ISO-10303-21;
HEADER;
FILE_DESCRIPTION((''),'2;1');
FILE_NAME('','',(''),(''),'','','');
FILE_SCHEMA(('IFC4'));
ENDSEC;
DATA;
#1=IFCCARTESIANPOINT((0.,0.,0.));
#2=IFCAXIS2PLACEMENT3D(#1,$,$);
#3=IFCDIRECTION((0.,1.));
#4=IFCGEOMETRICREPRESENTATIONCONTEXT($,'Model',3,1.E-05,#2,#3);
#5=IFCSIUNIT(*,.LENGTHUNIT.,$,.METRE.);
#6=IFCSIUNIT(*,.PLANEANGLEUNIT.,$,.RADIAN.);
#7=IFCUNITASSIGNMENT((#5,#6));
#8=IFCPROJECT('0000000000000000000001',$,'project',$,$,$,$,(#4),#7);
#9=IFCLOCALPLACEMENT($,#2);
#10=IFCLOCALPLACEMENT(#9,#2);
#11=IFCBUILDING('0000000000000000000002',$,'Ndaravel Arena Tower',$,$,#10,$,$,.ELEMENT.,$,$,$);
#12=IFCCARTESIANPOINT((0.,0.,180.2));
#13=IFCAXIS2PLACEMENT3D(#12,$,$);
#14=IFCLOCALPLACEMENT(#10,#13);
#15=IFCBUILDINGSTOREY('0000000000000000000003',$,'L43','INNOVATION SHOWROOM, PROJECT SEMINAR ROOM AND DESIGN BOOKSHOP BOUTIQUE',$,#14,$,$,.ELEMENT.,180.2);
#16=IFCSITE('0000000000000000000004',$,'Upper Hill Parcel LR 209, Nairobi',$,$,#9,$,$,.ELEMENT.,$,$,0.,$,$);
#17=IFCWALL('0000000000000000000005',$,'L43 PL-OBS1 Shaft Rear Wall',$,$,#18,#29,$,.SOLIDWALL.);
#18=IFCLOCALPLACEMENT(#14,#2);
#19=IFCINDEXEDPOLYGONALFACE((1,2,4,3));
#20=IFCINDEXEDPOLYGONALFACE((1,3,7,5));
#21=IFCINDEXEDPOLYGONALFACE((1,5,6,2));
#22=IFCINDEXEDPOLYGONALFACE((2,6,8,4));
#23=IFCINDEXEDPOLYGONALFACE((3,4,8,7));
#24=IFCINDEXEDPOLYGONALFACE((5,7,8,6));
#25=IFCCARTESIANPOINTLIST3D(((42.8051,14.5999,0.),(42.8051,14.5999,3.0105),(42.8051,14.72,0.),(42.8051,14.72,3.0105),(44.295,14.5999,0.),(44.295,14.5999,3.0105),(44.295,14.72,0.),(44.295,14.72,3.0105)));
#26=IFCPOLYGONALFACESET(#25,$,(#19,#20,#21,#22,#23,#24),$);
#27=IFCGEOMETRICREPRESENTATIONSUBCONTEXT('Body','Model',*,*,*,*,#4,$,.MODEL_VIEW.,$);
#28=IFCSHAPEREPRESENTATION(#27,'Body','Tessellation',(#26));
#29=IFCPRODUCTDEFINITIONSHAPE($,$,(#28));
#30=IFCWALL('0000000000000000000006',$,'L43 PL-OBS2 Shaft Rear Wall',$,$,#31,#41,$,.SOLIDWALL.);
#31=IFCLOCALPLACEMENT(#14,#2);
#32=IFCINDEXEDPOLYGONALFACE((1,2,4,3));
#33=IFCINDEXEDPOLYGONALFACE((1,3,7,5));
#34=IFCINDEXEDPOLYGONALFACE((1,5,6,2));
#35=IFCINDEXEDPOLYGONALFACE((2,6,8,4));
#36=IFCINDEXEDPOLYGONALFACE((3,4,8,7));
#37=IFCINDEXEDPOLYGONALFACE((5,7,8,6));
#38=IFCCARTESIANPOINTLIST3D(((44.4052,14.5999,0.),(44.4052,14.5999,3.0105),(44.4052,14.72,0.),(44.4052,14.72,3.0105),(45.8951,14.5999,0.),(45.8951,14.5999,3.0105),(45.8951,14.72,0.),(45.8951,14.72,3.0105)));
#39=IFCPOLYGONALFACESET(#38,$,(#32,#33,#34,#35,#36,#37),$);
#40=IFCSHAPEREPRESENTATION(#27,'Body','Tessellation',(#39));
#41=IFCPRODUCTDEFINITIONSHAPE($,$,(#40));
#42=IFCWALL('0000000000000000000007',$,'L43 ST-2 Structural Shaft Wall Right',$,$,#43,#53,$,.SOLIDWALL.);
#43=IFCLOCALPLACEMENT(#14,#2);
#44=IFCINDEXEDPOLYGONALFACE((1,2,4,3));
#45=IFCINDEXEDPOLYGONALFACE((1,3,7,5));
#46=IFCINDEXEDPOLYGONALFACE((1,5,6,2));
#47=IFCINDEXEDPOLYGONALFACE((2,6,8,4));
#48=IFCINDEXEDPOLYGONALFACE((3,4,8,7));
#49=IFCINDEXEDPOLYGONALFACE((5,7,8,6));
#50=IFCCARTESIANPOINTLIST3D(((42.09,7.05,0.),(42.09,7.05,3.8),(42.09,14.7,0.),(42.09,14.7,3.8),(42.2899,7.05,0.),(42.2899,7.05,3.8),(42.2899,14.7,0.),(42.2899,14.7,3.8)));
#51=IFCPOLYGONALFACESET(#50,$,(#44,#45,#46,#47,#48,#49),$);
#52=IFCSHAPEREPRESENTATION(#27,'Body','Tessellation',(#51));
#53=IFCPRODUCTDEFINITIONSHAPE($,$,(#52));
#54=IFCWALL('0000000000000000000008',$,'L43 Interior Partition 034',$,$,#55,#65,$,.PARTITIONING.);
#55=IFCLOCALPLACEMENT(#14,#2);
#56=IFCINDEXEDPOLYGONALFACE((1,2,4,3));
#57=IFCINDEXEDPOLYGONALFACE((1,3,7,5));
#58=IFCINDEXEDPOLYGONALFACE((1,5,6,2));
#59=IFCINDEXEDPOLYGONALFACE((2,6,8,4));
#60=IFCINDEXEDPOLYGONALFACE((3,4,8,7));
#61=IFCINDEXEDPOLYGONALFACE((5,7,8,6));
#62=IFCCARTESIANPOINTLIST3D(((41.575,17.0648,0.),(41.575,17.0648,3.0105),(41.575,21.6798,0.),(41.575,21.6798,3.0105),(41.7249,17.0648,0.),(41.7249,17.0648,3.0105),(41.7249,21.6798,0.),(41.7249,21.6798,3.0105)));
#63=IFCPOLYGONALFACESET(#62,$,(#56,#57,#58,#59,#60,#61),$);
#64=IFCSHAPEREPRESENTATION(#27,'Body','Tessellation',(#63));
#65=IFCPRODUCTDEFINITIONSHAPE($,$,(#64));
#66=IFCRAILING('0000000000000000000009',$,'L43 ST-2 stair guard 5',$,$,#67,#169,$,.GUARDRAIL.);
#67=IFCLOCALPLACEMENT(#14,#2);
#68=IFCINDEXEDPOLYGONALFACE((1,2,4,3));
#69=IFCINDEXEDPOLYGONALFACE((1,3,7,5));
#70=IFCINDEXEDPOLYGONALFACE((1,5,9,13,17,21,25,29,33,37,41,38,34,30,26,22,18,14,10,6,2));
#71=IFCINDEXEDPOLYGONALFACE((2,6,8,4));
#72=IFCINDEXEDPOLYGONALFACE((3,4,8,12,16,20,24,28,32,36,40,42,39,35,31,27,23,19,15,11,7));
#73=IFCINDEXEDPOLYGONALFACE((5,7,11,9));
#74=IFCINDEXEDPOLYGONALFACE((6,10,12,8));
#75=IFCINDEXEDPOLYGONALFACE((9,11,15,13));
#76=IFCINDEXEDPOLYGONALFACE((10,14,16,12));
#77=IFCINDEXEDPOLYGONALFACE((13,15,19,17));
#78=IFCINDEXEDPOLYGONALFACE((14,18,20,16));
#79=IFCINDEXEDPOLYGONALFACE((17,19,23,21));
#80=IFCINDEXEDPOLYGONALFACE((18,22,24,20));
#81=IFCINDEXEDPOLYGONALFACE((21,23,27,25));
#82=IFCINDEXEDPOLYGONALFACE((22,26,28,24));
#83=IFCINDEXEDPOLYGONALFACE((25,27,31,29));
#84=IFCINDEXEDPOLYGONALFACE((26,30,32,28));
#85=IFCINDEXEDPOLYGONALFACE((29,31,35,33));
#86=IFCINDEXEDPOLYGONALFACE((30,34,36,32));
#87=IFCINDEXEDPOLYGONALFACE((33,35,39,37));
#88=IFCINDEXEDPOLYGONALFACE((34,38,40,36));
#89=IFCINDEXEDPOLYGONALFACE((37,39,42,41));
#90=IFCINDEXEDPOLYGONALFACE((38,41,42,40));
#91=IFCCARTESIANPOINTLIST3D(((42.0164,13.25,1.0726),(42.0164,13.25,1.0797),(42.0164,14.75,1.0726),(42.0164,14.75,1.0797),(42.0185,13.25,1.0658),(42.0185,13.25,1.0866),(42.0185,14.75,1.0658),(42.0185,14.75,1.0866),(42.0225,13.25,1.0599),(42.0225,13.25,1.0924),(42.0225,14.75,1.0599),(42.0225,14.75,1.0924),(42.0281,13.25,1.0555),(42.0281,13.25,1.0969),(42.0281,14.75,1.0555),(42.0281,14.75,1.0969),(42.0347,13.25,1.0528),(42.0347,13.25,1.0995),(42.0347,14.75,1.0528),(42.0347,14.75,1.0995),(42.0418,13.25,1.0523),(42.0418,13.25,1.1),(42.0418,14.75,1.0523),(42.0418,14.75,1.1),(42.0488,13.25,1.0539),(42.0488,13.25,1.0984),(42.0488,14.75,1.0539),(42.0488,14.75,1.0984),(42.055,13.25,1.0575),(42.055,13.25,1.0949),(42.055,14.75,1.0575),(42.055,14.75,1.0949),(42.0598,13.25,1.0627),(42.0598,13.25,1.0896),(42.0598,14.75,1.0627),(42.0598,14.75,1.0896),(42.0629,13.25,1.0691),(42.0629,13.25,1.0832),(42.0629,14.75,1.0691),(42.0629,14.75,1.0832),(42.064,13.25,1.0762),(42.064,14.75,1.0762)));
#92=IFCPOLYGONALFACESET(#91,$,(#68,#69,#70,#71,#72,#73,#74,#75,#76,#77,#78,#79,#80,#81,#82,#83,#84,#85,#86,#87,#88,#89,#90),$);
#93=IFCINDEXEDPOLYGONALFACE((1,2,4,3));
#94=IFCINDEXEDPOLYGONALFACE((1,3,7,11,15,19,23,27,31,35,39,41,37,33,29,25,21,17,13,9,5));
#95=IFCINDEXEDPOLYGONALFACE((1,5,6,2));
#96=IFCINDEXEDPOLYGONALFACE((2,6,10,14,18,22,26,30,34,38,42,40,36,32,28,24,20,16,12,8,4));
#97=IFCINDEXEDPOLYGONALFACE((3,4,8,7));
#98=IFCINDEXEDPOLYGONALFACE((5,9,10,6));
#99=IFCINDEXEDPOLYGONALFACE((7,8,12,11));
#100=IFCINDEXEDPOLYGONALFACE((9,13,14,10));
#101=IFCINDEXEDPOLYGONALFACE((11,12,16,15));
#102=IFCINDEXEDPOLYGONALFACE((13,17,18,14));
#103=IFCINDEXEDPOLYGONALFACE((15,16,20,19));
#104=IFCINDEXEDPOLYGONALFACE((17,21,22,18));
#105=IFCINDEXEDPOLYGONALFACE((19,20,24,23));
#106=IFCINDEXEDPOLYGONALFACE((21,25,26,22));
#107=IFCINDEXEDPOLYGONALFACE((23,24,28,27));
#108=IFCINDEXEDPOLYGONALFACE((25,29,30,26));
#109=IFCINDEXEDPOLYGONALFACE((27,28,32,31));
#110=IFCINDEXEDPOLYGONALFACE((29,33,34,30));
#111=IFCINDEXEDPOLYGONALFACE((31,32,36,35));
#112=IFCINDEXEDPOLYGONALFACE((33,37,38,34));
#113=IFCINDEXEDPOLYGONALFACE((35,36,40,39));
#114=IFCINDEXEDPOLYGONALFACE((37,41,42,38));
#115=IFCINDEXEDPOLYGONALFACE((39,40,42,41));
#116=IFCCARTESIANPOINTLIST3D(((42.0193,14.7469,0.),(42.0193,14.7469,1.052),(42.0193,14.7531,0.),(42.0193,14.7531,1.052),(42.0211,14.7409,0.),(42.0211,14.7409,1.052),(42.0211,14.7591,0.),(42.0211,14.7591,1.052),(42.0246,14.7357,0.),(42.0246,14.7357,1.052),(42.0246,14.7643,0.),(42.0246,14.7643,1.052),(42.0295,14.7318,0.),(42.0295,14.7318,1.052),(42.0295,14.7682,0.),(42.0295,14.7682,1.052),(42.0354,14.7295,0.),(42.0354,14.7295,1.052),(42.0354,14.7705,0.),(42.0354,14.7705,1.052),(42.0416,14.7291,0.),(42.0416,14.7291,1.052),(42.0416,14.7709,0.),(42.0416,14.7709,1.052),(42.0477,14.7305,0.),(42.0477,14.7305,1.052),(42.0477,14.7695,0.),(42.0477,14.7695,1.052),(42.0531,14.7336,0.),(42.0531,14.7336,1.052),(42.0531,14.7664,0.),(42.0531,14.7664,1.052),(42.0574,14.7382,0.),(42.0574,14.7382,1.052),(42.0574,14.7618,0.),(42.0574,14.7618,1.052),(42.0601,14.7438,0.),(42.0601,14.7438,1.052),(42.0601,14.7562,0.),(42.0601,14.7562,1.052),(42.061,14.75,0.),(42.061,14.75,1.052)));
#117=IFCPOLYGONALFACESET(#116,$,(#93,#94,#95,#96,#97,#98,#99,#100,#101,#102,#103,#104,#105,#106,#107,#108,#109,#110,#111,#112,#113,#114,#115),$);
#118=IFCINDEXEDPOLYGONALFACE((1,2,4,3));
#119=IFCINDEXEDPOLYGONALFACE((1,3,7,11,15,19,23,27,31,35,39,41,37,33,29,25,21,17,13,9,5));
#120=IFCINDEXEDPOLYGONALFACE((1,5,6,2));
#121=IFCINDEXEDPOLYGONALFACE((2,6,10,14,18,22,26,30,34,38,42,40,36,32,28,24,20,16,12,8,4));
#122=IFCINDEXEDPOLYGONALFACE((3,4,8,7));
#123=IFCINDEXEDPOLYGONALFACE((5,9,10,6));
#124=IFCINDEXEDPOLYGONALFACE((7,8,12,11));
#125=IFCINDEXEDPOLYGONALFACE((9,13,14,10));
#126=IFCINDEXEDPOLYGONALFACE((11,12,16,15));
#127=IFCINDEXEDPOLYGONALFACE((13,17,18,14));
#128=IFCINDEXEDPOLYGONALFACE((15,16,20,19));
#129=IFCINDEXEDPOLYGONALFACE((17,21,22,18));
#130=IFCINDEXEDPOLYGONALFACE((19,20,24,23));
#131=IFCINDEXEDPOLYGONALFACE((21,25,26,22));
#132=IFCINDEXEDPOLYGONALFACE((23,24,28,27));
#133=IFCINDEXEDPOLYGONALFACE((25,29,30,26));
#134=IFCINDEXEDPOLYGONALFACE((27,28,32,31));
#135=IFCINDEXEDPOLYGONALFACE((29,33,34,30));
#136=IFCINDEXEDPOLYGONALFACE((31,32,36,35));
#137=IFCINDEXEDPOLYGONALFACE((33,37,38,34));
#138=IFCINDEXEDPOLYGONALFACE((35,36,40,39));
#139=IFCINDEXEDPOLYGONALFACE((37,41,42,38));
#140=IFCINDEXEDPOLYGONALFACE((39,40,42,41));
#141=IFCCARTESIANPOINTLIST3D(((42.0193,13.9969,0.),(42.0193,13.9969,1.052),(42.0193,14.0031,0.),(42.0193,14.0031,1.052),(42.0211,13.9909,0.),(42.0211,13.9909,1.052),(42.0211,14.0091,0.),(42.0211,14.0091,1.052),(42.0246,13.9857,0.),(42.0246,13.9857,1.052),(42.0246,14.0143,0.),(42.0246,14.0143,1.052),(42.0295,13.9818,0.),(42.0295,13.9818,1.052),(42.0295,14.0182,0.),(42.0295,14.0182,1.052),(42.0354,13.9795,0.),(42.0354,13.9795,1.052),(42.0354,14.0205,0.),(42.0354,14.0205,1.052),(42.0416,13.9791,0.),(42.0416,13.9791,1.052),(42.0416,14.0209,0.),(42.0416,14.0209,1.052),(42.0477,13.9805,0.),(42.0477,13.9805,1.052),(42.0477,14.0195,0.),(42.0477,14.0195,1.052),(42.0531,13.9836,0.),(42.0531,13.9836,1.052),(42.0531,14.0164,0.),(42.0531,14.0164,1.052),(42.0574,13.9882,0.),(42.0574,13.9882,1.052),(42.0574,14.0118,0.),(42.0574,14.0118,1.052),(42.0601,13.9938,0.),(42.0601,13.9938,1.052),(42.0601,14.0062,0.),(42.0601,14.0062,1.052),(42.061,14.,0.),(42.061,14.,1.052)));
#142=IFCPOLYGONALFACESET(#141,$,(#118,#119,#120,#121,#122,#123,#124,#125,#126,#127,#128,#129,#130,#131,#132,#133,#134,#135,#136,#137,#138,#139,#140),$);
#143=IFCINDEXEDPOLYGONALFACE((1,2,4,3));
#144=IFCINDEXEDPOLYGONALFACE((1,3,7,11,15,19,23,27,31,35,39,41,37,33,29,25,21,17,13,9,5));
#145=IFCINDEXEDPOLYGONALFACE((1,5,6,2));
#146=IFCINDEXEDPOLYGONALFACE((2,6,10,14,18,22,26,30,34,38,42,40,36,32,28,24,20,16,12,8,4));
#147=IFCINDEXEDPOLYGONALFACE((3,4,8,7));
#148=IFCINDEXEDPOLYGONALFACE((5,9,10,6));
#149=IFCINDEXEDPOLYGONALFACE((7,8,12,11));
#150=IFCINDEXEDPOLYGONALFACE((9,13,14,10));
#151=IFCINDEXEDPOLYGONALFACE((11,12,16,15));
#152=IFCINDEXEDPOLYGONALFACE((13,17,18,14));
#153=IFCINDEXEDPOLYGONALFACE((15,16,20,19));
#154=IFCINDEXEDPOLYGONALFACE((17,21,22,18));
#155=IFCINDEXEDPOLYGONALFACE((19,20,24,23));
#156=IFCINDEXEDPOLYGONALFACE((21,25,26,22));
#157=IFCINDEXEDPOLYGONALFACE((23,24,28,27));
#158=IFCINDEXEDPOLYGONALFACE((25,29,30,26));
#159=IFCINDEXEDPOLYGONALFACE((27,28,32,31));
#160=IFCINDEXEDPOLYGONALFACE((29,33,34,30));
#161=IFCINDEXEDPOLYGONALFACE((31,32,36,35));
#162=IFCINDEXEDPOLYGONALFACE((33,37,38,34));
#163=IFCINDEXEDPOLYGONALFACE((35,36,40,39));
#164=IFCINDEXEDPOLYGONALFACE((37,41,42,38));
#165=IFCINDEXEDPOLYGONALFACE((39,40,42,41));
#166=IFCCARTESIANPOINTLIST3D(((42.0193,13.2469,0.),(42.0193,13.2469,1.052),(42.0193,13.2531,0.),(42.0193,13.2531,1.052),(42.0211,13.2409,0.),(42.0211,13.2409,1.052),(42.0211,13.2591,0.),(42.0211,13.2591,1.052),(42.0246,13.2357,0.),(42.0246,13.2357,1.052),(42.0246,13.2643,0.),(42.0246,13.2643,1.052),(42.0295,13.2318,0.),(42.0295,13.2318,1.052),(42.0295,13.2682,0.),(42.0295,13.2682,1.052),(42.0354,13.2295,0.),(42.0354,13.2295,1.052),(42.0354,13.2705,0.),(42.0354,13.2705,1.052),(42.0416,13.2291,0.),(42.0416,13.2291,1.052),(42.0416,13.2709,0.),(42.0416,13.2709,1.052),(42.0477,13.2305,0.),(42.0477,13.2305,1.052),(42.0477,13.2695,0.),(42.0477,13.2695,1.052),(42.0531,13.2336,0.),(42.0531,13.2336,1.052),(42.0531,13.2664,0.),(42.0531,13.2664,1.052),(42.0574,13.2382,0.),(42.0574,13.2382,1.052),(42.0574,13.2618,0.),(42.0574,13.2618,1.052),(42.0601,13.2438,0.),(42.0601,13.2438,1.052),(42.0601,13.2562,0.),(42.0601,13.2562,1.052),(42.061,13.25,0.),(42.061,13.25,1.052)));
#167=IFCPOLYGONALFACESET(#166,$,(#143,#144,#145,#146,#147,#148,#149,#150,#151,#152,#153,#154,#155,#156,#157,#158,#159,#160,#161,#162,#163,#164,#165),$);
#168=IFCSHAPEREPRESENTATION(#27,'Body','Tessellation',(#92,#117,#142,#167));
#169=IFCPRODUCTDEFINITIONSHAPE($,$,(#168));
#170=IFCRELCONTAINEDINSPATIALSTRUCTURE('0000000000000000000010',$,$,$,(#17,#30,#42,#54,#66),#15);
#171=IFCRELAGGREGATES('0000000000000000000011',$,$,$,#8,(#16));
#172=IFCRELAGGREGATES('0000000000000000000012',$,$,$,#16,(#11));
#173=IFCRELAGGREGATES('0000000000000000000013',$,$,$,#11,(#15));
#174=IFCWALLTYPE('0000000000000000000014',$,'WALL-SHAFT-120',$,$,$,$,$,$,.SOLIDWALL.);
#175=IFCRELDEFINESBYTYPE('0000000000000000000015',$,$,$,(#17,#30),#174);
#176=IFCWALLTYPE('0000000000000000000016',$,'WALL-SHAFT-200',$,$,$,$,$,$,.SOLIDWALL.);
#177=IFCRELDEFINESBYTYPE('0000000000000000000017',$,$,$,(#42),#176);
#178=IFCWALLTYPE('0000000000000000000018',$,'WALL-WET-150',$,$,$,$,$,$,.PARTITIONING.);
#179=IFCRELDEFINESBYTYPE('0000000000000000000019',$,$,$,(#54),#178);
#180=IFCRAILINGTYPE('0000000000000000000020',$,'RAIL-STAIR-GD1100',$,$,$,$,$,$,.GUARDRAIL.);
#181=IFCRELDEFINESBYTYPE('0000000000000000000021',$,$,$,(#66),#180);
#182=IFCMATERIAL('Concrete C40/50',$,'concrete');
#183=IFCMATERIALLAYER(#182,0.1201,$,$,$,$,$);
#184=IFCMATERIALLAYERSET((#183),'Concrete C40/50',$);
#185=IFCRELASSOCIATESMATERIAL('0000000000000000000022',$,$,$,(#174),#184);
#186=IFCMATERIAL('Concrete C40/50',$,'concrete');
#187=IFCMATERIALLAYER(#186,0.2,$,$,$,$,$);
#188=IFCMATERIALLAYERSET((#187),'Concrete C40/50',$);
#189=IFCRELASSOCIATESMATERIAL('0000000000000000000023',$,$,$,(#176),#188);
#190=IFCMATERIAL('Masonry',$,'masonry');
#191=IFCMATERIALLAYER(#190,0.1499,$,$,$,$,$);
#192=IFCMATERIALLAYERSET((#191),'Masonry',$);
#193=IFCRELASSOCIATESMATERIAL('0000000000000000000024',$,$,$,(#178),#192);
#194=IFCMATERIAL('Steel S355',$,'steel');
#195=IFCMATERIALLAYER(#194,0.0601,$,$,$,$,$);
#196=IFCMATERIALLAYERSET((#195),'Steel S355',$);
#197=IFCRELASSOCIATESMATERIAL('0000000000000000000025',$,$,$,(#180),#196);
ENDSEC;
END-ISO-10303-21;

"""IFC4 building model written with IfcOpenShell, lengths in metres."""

from ifc_helpers import new_model, si_unit, direction, frame, frame_2d, origin, origin_2d, place, context, subcontext, project, spatial, rectangle, circle, extrude, material, layer, layer_set, type_object, element, save


model = new_model("IFC4")

# Units and contexts
model_context = context("Model", 3, precision=1e-05, world=origin(), true_north=direction((0.0, 1.0)))
body_context = subcontext(model_context, "Body", "Model", "MODEL_VIEW")
ifc_project = project(units=[si_unit("LENGTHUNIT", "METRE"), si_unit("PLANEANGLEUNIT", "RADIAN")], contexts=[model_context])

# Site, building, storey
site_placement = place(None, origin())
site = spatial("IfcSite", under=ifc_project, at=site_placement, Name="Upper Hill Parcel LR 209, Nairobi", CompositionType="ELEMENT", RefElevation=0.0)
building_placement = place(site_placement, origin())
building = spatial("IfcBuilding", under=site, at=building_placement, Name="Ndaravel Arena Tower", CompositionType="ELEMENT")
storey_placement = place(building_placement, frame((0.0, 0.0, 180.2)))
storey = spatial("IfcBuildingStorey", under=building, at=storey_placement, Name="L43", Description="INNOVATION SHOWROOM, PROJECT SEMINAR ROOM AND DESIGN BOOKSHOP BOUTIQUE", CompositionType="ELEMENT", Elevation=180.2)

# Walls
ifc_material_1 = material(Name="Concrete C40/50", Category="concrete")
ifc_layer_1 = layer(ifc_material_1, 0.1201)
ifc_layer_set_1 = layer_set([ifc_layer_1], Name="Concrete C40/50")
wall_type_1 = type_object("IfcWallType", Name="WALL-SHAFT-120", PredefinedType="SOLIDWALL", material=ifc_layer_set_1)
for number, where, z_axis, x_axis, name in (
    (1, (42.8049, 14.6599, 0.0), (0.0, 0.0, 1.0), (1.0, 0.0, 0.0), "L43 PL-OBS1 Shaft Rear Wall"),
    (2, (44.405, 14.6599, 0.0), (0.0, 0.0, 1.0), (1.0, 0.0, 0.0), "L43 PL-OBS2 Shaft Rear Wall"),
):
    element("IfcWall", number, at=place(storey_placement, frame(where, z_axis=z_axis, x_axis=x_axis)), inside=storey, type_object=wall_type_1, Name=name, PredefinedType="SOLIDWALL", context=body_context, shape_type="SweptSolid", body=[
        extrude(rectangle(XDim=1.49, YDim=0.1201, at=frame_2d((0.7451, 0.0))), origin(), (0.0, 0.0, 1.0), 3.0105),
    ])
ifc_material_2 = material(Name="Concrete C40/50", Category="concrete")
ifc_layer_2 = layer(ifc_material_2, 0.2)
ifc_layer_set_2 = layer_set([ifc_layer_2], Name="Concrete C40/50")
wall_type_2 = type_object("IfcWallType", Name="WALL-SHAFT-200", PredefinedType="SOLIDWALL", material=ifc_layer_set_2)
wall_1_placement = place(storey_placement, frame((42.1899, 14.7, 0.0), z_axis=(0.0, 0.0, 1.0), x_axis=(0.0, -1.0, 0.0)))
element("IfcWall", 3, at=wall_1_placement, inside=storey, type_object=wall_type_2, Name="L43 ST-2 Structural Shaft Wall Right", PredefinedType="SOLIDWALL", context=body_context, shape_type="SweptSolid", body=[
    extrude(rectangle(XDim=7.6499, YDim=0.2, at=frame_2d((3.825, 0.0))), origin(), (0.0, 0.0, 1.0), 3.8),
])
ifc_material_3 = material(Name="Masonry", Category="masonry")
ifc_layer_3 = layer(ifc_material_3, 0.1499)
ifc_layer_set_3 = layer_set([ifc_layer_3], Name="Masonry")
wall_type_3 = type_object("IfcWallType", Name="WALL-WET-150", PredefinedType="PARTITIONING", material=ifc_layer_set_3)
wall_2_placement = place(storey_placement, frame((41.6499, 21.6799, 0.0), z_axis=(0.0, 0.0, 1.0), x_axis=(0.0, -1.0, 0.0)))
element("IfcWall", 4, at=wall_2_placement, inside=storey, type_object=wall_type_3, Name="L43 Interior Partition 034", PredefinedType="PARTITIONING", context=body_context, shape_type="SweptSolid", body=[
    extrude(rectangle(XDim=4.615, YDim=0.1499, at=frame_2d((2.3076, 0.0))), origin(), (0.0, 0.0, 1.0), 3.0105),
])

# Railing
ifc_material_4 = material(Name="Steel S355", Category="steel")
ifc_layer_4 = layer(ifc_material_4, 0.0601)
ifc_layer_set_4 = layer_set([ifc_layer_4], Name="Steel S355")
railing_type = type_object("IfcRailingType", Name="RAIL-STAIR-GD1100", PredefinedType="GUARDRAIL", material=ifc_layer_set_4)
railing_1_placement = place(storey_placement, frame((42.04, 14.75, 0.0)))
element("IfcRailing", 5, at=railing_1_placement, inside=storey, type_object=railing_type, Name="L43 ST-2 stair guard 5", PredefinedType="GUARDRAIL", context=body_context, shape_type="SweptSolid", body=[
    extrude(circle(Radius=0.0239, at=origin_2d()), frame((0.0, 0.0, 1.0762), z_axis=(0.0, -1.0, 0.0), x_axis=(1.0, 0.0, 0.0)), (0.0, 0.0, 1.0), 1.5),
    extrude(circle(Radius=0.021, at=origin_2d()), origin(), (0.0, 0.0, 1.0), 1.052),
    extrude(circle(Radius=0.021, at=origin_2d()), frame((0.0, -0.75, 0.0)), (0.0, 0.0, 1.0), 1.052),
    extrude(circle(Radius=0.021, at=origin_2d()), frame((0.0, -1.5, 0.0)), (0.0, 0.0, 1.0), 1.052),
])

save(model, "model.ifc")
